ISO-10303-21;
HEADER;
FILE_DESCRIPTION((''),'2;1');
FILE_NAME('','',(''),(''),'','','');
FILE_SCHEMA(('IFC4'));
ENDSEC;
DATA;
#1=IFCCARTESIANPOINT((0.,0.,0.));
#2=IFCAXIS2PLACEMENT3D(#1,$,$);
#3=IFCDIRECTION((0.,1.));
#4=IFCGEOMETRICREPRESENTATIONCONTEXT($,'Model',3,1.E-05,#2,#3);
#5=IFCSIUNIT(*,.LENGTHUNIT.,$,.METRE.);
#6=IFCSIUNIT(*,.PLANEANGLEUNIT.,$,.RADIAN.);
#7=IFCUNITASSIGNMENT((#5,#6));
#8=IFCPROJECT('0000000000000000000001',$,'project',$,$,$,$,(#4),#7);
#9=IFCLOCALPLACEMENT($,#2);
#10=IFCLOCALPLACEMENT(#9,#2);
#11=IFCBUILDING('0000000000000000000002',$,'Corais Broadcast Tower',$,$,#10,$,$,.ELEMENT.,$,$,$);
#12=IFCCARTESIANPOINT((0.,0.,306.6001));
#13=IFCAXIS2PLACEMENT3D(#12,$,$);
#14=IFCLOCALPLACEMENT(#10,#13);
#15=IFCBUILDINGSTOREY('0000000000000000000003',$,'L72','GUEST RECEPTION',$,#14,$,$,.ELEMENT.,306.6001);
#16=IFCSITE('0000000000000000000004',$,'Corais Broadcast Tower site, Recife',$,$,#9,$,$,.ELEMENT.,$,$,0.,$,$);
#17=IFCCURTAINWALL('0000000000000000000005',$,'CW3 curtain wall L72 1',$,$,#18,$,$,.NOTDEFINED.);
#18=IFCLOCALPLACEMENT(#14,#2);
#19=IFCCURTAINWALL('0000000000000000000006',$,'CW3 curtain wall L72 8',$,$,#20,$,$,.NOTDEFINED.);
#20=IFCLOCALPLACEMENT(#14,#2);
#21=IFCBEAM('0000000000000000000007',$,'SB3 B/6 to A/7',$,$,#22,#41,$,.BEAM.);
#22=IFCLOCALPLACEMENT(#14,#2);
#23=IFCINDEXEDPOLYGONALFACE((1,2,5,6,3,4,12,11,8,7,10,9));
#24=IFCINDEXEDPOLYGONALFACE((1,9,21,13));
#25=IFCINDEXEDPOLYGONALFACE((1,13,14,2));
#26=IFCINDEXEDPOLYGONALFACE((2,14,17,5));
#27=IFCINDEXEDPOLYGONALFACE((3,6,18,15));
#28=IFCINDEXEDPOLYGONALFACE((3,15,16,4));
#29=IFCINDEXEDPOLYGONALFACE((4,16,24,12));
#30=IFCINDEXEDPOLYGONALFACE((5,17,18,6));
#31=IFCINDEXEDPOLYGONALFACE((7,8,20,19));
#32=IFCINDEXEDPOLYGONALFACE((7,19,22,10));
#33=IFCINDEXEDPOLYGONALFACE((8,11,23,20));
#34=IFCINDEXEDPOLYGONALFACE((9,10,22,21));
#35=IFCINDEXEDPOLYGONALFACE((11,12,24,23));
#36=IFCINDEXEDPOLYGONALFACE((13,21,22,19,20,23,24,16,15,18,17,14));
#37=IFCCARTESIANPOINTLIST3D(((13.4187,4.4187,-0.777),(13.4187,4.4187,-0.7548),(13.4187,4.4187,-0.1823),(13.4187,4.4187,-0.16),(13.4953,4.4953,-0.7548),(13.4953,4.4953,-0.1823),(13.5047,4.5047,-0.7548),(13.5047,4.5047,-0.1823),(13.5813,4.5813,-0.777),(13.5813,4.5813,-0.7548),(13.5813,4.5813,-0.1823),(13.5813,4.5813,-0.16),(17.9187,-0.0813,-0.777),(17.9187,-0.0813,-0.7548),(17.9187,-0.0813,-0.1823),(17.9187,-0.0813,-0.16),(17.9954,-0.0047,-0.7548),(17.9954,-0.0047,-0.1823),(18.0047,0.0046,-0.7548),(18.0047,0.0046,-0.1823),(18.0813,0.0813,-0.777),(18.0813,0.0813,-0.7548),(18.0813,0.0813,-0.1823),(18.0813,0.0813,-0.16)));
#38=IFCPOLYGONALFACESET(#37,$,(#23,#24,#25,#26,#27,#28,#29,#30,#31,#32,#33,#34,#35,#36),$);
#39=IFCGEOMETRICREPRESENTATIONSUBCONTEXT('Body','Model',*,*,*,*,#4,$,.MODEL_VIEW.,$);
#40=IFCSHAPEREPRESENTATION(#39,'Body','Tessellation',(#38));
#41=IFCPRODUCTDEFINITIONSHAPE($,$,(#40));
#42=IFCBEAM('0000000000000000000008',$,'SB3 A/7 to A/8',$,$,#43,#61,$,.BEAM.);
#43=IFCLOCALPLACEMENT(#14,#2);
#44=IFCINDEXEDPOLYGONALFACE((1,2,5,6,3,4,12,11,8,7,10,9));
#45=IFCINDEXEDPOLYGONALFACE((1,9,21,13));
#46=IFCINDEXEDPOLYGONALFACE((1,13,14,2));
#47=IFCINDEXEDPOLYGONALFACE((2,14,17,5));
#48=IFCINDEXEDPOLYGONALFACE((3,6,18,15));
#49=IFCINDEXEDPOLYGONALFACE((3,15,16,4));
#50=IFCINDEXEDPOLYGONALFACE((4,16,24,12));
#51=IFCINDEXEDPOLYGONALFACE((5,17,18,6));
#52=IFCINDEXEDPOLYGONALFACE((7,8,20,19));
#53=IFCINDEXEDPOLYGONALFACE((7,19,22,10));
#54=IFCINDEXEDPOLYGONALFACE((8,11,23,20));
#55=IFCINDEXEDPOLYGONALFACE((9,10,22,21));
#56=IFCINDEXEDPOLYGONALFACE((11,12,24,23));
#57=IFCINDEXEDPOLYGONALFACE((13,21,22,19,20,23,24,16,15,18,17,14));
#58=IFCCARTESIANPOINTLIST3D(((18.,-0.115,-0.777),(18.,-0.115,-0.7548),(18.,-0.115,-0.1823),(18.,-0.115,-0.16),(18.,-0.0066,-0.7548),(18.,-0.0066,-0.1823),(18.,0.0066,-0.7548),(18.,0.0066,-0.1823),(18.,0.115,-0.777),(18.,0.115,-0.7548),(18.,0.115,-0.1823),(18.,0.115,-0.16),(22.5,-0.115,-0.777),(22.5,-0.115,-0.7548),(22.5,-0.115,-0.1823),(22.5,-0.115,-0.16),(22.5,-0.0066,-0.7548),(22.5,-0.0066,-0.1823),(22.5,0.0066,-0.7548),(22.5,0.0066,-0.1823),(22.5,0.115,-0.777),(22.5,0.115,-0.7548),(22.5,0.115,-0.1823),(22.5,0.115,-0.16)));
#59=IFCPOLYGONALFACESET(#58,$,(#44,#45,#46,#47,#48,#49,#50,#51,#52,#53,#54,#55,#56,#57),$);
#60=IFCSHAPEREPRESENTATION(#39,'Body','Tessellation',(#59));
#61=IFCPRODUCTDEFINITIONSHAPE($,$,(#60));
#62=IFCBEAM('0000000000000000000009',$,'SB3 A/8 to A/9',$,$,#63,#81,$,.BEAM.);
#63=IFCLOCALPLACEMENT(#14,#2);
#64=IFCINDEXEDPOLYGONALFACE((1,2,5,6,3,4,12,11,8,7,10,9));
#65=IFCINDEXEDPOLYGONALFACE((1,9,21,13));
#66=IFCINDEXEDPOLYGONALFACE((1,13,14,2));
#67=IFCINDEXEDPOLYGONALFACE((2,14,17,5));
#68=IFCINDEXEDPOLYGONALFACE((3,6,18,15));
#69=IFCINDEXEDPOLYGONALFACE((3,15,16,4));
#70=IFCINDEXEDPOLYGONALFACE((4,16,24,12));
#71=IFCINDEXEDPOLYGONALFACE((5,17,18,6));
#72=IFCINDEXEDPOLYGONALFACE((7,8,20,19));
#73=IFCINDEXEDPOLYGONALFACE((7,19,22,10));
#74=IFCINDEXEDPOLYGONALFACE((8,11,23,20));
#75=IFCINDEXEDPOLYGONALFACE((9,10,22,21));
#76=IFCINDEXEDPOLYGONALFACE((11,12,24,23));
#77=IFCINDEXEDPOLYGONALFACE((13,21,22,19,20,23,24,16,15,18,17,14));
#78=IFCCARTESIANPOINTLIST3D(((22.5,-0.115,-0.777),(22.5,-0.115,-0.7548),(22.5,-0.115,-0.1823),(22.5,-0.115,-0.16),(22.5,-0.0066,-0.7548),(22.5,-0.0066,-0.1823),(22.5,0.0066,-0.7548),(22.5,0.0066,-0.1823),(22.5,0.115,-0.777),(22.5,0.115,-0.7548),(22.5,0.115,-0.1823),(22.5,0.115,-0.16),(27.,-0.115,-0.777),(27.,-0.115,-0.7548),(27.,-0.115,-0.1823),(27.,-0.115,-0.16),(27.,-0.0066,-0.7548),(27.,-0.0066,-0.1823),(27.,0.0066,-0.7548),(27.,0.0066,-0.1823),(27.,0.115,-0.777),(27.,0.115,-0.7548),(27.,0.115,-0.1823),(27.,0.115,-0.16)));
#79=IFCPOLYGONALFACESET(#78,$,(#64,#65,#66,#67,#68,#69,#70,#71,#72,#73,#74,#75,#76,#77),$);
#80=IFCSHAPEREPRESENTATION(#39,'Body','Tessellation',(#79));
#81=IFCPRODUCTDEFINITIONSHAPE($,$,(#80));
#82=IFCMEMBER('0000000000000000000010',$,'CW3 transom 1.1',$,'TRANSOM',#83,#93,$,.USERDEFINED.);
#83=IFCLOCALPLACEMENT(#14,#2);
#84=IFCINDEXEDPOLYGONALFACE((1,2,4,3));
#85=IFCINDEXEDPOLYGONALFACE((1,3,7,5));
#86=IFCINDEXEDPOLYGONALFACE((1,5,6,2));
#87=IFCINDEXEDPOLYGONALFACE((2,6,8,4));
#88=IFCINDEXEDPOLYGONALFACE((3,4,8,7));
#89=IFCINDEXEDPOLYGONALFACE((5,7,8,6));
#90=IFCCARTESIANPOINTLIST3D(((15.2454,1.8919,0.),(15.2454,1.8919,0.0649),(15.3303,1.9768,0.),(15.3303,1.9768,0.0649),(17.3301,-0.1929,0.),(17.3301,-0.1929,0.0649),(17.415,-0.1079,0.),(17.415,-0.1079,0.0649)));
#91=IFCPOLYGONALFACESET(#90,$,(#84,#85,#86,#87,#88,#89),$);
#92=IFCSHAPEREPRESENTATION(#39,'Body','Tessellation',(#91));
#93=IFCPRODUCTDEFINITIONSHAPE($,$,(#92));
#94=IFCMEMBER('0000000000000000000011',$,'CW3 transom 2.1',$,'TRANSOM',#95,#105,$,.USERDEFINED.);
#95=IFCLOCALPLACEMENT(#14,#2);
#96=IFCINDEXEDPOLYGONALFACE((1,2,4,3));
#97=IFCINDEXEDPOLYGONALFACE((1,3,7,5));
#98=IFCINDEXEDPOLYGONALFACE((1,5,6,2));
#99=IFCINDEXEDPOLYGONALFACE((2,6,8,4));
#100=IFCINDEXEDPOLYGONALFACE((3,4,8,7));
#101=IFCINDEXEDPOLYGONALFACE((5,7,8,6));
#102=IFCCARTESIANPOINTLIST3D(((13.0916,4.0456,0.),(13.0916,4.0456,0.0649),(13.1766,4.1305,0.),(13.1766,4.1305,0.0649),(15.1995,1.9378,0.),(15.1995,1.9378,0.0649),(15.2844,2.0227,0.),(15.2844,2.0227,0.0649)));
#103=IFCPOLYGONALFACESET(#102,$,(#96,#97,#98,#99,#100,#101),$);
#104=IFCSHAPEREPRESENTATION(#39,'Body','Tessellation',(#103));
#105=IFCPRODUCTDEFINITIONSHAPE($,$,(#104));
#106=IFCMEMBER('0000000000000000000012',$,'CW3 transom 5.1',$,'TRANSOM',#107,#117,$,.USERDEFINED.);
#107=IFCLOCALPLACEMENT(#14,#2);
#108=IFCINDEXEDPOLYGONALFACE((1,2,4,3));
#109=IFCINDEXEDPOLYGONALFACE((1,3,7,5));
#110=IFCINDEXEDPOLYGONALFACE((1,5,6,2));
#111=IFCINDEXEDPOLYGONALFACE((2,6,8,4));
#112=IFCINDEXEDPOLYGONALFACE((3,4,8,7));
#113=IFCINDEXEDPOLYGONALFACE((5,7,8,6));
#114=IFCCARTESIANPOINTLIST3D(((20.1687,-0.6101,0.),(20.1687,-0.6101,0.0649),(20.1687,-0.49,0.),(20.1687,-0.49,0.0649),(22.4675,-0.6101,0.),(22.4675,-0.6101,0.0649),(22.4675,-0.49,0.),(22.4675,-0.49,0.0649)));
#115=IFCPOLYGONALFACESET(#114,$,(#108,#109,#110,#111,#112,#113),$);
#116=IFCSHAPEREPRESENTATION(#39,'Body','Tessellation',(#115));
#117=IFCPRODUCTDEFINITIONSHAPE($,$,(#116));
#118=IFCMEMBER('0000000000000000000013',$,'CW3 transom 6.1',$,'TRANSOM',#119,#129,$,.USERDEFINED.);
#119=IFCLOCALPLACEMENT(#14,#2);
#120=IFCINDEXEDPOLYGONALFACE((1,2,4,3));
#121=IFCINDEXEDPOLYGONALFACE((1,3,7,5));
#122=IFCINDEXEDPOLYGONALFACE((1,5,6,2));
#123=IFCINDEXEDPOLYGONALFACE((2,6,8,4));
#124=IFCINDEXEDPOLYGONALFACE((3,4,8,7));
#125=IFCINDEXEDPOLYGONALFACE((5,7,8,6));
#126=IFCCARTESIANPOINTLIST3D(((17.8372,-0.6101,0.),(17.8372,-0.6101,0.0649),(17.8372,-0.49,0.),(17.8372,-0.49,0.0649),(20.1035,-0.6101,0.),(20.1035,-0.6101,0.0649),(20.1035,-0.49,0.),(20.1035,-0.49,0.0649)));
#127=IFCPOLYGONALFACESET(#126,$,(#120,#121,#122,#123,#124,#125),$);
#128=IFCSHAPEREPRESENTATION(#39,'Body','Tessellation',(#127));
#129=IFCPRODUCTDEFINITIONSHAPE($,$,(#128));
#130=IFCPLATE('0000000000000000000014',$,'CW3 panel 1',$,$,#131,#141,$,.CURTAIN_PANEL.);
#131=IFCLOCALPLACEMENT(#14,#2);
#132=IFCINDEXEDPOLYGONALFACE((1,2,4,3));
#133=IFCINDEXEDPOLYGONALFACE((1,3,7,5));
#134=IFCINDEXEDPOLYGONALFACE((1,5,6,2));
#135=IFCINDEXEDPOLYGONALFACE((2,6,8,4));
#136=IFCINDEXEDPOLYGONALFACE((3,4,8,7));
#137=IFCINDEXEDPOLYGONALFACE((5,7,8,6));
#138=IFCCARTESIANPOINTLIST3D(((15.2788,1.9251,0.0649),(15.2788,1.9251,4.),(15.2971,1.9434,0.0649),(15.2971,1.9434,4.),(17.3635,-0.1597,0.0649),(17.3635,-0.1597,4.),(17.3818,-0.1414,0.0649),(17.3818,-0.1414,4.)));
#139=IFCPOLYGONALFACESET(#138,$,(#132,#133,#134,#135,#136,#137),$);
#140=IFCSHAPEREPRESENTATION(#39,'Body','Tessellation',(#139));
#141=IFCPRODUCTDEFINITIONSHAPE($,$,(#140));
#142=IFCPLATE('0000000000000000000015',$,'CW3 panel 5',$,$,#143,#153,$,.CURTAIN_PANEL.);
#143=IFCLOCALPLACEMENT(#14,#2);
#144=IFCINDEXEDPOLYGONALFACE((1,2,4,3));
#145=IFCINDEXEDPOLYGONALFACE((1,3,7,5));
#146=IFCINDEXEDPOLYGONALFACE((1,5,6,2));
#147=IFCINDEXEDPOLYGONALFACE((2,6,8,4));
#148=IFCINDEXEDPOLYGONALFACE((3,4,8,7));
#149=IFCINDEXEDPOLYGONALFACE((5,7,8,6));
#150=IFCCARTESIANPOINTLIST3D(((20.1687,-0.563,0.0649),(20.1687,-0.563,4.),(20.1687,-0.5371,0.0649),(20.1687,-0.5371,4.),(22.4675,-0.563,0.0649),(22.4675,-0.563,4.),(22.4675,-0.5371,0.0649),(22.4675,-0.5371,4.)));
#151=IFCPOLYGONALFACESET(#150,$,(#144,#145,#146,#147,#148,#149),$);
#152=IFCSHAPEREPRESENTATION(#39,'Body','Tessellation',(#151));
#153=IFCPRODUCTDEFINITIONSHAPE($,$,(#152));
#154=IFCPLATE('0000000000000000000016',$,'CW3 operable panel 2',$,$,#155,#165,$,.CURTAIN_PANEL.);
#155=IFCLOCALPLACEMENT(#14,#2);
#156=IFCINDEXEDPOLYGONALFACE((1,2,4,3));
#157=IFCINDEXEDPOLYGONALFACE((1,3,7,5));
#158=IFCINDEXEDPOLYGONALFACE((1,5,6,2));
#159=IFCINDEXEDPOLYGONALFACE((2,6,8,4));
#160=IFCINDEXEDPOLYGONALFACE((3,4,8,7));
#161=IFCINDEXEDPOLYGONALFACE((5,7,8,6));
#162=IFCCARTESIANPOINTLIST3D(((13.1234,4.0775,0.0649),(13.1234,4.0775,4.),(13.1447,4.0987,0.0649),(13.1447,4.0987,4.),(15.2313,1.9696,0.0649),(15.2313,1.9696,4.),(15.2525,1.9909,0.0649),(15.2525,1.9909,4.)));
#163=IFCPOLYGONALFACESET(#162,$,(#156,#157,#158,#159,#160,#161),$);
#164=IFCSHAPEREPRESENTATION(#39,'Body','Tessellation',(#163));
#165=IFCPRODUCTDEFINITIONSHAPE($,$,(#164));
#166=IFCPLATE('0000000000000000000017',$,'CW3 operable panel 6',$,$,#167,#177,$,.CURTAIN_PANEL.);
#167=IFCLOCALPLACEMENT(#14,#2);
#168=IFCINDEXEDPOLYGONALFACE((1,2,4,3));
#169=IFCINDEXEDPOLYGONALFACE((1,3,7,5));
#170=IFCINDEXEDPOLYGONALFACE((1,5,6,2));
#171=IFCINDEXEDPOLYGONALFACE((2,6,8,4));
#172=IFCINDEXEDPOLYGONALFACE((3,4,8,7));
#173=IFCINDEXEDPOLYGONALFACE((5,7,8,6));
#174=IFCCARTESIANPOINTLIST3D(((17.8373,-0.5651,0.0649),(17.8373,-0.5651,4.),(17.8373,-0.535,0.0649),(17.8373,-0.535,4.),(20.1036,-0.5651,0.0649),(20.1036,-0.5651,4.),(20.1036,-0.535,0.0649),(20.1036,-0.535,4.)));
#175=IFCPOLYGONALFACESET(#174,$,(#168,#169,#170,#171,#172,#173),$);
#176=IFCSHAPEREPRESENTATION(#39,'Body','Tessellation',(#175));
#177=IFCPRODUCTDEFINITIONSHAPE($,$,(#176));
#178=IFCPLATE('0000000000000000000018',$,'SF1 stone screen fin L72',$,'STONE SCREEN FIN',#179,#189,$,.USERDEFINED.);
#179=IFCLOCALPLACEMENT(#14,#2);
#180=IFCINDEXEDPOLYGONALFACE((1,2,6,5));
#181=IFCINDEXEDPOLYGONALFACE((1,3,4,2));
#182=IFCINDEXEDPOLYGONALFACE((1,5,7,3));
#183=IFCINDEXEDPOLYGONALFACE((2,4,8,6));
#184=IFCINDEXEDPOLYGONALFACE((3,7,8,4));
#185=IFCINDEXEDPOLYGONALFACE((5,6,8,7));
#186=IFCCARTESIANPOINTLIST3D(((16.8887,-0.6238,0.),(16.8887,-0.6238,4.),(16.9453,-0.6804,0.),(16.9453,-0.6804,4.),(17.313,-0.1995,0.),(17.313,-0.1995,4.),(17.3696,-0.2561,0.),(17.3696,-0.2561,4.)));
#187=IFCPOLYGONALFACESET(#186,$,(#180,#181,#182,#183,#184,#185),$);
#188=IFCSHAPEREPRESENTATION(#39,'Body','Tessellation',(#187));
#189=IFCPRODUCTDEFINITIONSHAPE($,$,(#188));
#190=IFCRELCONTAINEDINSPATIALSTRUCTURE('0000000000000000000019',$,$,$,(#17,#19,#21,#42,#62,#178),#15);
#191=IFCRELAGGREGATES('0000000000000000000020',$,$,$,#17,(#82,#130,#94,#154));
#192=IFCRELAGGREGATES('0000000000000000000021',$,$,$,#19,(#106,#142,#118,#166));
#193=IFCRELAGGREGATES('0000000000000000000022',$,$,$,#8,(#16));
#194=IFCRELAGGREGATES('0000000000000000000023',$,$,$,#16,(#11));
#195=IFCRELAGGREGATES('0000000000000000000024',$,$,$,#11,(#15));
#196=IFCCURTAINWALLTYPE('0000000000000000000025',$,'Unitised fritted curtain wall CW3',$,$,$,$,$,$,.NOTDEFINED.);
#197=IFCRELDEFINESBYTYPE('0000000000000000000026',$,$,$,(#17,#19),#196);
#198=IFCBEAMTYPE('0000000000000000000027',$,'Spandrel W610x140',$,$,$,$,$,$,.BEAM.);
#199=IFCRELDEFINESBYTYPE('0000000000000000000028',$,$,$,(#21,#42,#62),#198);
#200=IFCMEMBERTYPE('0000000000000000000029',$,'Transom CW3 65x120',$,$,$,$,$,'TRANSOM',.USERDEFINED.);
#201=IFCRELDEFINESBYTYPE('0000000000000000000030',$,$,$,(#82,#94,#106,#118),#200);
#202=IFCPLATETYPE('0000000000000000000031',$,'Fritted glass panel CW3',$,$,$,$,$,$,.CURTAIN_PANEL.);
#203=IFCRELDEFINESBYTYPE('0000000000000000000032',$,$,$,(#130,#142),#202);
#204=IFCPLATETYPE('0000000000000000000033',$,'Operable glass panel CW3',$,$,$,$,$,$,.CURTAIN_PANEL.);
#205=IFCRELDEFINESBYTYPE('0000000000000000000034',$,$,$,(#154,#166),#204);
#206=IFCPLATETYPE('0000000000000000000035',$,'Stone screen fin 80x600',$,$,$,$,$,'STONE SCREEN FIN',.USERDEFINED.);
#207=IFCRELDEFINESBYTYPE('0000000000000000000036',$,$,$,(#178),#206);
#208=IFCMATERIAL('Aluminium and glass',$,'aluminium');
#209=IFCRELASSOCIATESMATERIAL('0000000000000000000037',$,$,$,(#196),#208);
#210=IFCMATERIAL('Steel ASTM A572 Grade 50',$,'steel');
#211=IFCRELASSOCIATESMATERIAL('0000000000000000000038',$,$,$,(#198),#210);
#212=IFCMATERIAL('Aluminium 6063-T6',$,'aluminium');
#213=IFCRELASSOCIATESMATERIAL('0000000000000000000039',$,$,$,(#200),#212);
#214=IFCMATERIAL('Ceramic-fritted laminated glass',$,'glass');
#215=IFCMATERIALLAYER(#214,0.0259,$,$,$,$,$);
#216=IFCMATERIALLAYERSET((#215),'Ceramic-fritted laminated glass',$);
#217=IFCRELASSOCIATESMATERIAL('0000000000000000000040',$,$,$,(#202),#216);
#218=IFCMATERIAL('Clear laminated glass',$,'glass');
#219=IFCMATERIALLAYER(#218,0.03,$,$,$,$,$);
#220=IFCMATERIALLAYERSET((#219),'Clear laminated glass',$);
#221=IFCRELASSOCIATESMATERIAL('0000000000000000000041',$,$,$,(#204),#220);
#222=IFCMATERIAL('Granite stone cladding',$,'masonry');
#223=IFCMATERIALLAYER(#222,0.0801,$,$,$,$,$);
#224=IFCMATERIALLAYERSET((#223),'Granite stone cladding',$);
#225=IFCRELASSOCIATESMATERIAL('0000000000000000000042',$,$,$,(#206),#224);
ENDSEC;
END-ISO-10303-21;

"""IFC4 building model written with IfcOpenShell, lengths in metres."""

from ifc_helpers import new_model, si_unit, direction, frame, origin, origin_2d, place, context, subcontext, project, spatial, rectangle, i_section, extrude, material, layer, layer_set, material_profile, profile_set, type_object, element, aggregate, save


model = new_model("IFC4")

# Units and contexts
model_context = context("Model", 3, precision=1e-05, world=origin(), true_north=direction((0.0, 1.0)))
body_context = subcontext(model_context, "Body", "Model", "MODEL_VIEW")
ifc_project = project(units=[si_unit("LENGTHUNIT", "METRE"), si_unit("PLANEANGLEUNIT", "RADIAN")], contexts=[model_context])

# Site, building, storey
site_placement = place(None, origin())
site = spatial("IfcSite", under=ifc_project, at=site_placement, Name="Corais Broadcast Tower site, Recife", CompositionType="ELEMENT", RefElevation=0.0)
building_placement = place(site_placement, origin())
building = spatial("IfcBuilding", under=site, at=building_placement, Name="Corais Broadcast Tower", CompositionType="ELEMENT")
storey_placement = place(building_placement, frame((0.0, 0.0, 306.6001)))
storey = spatial("IfcBuildingStorey", under=building, at=storey_placement, Name="L72", Description="GUEST RECEPTION", CompositionType="ELEMENT", Elevation=306.6001)

# Curtain walls
ifc_material_1 = material(Name="Aluminium and glass", Category="aluminium")
curtain_wall_type = type_object("IfcCurtainWallType", Name="Unitised fritted curtain wall CW3", PredefinedType="NOTDEFINED", material=ifc_material_1)
curtain_wall_1_placement = place(storey_placement, origin())
curtain_wall_1 = element("IfcCurtainWall", 1, at=curtain_wall_1_placement, inside=storey, type_object=curtain_wall_type, Name="CW3 curtain wall L72 1", PredefinedType="NOTDEFINED")
curtain_wall_2_placement = place(storey_placement, origin())
curtain_wall_2 = element("IfcCurtainWall", 2, at=curtain_wall_2_placement, inside=storey, type_object=curtain_wall_type, Name="CW3 curtain wall L72 8", PredefinedType="NOTDEFINED")

# Beams
ifc_material_2 = material(Name="Steel ASTM A572 Grade 50", Category="steel")
ifc_material_profile_1 = material_profile(ifc_material_2, i_section(OverallWidth=0.23, OverallDepth=0.6169, WebThickness=0.0132, FlangeThickness=0.0222, at=origin_2d()), Name="W610x140")
ifc_profile_set_1 = profile_set([ifc_material_profile_1], Name="Steel ASTM A572 Grade 50")
beam_type_1 = type_object("IfcBeamType", Name="Spandrel W610x140", PredefinedType="BEAM", material=ifc_profile_set_1)
beam_1_placement = place(storey_placement, frame((13.5, 4.5, -0.4685), z_axis=(0.707107, -0.707107, 0.0), x_axis=(0.707107, 0.707107, 0.0)))
element("IfcBeam", 3, at=beam_1_placement, inside=storey, type_object=beam_type_1, Name="SB3 B/6 to A/7", PredefinedType="BEAM", context=body_context, shape_type="SweptSolid", body=[
    extrude(i_section(OverallWidth=0.23, OverallDepth=0.6169, WebThickness=0.0132, FlangeThickness=0.0222, at=origin_2d()), origin(), (0.0, 0.0, 1.0), 6.364),
])
for number, where, z_axis, x_axis, name in (
    (4, (18.0, 0.0, -0.4685), (1.0, 0.0, 0.0), (0.0, 1.0, 0.0), "SB3 A/7 to A/8"),
    (5, (22.5, 0.0, -0.4685), (1.0, 0.0, 0.0), (0.0, 1.0, 0.0), "SB3 A/8 to A/9"),
):
    element("IfcBeam", number, at=place(storey_placement, frame(where, z_axis=z_axis, x_axis=x_axis)), inside=storey, type_object=beam_type_1, Name=name, PredefinedType="BEAM", context=body_context, shape_type="SweptSolid", body=[
        extrude(i_section(OverallWidth=0.23, OverallDepth=0.6169, WebThickness=0.0132, FlangeThickness=0.0222, at=origin_2d()), origin(), (0.0, 0.0, 1.0), 4.5),
    ])

# Members
ifc_material_3 = material(Name="Aluminium 6063-T6", Category="aluminium")
ifc_material_profile_2 = material_profile(ifc_material_3, rectangle(XDim=0.1201, YDim=0.0649, at=origin_2d()), Name="Transom CW3 65x120")
ifc_profile_set_2 = profile_set([ifc_material_profile_2], Name="Aluminium 6063-T6")
member_type_1 = type_object("IfcMemberType", Name="Transom CW3 65x120", ElementType="TRANSOM", PredefinedType="USERDEFINED", material=ifc_profile_set_2)
member_1_placement = place(storey_placement, frame((17.3726, -0.1504, 0.0325), z_axis=(-0.707107, 0.707107, 0.0), x_axis=(-0.707107, -0.707107, 0.0)))
member_1 = element("IfcMember", 6, at=member_1_placement, type_object=member_type_1, Name="CW3 transom 1.1", ObjectType="TRANSOM", PredefinedType="USERDEFINED", context=body_context, shape_type="SweptSolid", body=[
    extrude(rectangle(XDim=0.1201, YDim=0.0649, at=origin_2d()), origin(), (0.0, 0.0, 1.0), 2.9482),
])
member_2_placement = place(storey_placement, frame((15.2419, 1.9802, 0.0325), z_axis=(-0.707107, 0.707107, 0.0), x_axis=(-0.707107, -0.707107, 0.0)))
member_2 = element("IfcMember", 7, at=member_2_placement, type_object=member_type_1, Name="CW3 transom 2.1", ObjectType="TRANSOM", PredefinedType="USERDEFINED", context=body_context, shape_type="SweptSolid", body=[
    extrude(rectangle(XDim=0.1201, YDim=0.0649, at=origin_2d()), origin(), (0.0, 0.0, 1.0), 2.981),
])
member_3_placement = place(storey_placement, frame((22.4675, -0.55, 0.0325), z_axis=(-1.0, 0.0, 0.0), x_axis=(0.0, -1.0, 0.0)))
member_3 = element("IfcMember", 8, at=member_3_placement, type_object=member_type_1, Name="CW3 transom 5.1", ObjectType="TRANSOM", PredefinedType="USERDEFINED", context=body_context, shape_type="SweptSolid", body=[
    extrude(rectangle(XDim=0.1201, YDim=0.0649, at=origin_2d()), origin(), (0.0, 0.0, 1.0), 2.2988),
])
member_4_placement = place(storey_placement, frame((20.1035, -0.55, 0.0325), z_axis=(-1.0, 0.0, 0.0), x_axis=(0.0, -1.0, 0.0)))
member_4 = element("IfcMember", 9, at=member_4_placement, type_object=member_type_1, Name="CW3 transom 6.1", ObjectType="TRANSOM", PredefinedType="USERDEFINED", context=body_context, shape_type="SweptSolid", body=[
    extrude(rectangle(XDim=0.1201, YDim=0.0649, at=origin_2d()), origin(), (0.0, 0.0, 1.0), 2.2664),
])

# Plates
ifc_material_4 = material(Name="Ceramic-fritted laminated glass", Category="glass")
ifc_layer_1 = layer(ifc_material_4, 0.0259)
ifc_layer_set_1 = layer_set([ifc_layer_1], Name="Ceramic-fritted laminated glass")
plate_type_1 = type_object("IfcPlateType", Name="Fritted glass panel CW3", PredefinedType="CURTAIN_PANEL", material=ifc_layer_set_1)
plate_1_placement = place(storey_placement, frame((16.3303, 0.8918, 0.0649), z_axis=(0.0, 0.0, 1.0), x_axis=(-0.707107, 0.707107, 0.0)))
plate_1 = element("IfcPlate", 10, at=plate_1_placement, type_object=plate_type_1, Name="CW3 panel 1", PredefinedType="CURTAIN_PANEL", context=body_context, shape_type="SweptSolid", body=[
    extrude(rectangle(XDim=2.9482, YDim=0.0259, at=origin_2d()), origin(), (0.0, 0.0, 1.0), 3.9351),
])
plate_2_placement = place(storey_placement, frame((21.3181, -0.55, 0.0649), z_axis=(0.0, 0.0, 1.0), x_axis=(-1.0, 0.0, 0.0)))
plate_2 = element("IfcPlate", 11, at=plate_2_placement, type_object=plate_type_1, Name="CW3 panel 5", PredefinedType="CURTAIN_PANEL", context=body_context, shape_type="SweptSolid", body=[
    extrude(rectangle(XDim=2.2988, YDim=0.0259, at=origin_2d()), origin(), (0.0, 0.0, 1.0), 3.9351),
])
ifc_material_5 = material(Name="Clear laminated glass", Category="glass")
ifc_layer_2 = layer(ifc_material_5, 0.03)
ifc_layer_set_2 = layer_set([ifc_layer_2], Name="Clear laminated glass")
plate_type_2 = type_object("IfcPlateType", Name="Operable glass panel CW3", PredefinedType="CURTAIN_PANEL", material=ifc_layer_set_2)
plate_3_placement = place(storey_placement, frame((14.188, 3.0342, 0.0649), z_axis=(0.0, 0.0, 1.0), x_axis=(-0.707107, 0.707107, 0.0)))
plate_3 = element("IfcPlate", 12, at=plate_3_placement, type_object=plate_type_2, Name="CW3 operable panel 2", PredefinedType="CURTAIN_PANEL", context=body_context, shape_type="SweptSolid", body=[
    extrude(rectangle(XDim=2.981, YDim=0.03, at=origin_2d()), origin(), (0.0, 0.0, 1.0), 3.9351),
])
aggregate(curtain_wall_1, [member_1, plate_1, member_2, plate_3])
plate_4_placement = place(storey_placement, frame((18.9705, -0.55, 0.0649), z_axis=(0.0, 0.0, 1.0), x_axis=(-1.0, 0.0, 0.0)))
plate_4 = element("IfcPlate", 13, at=plate_4_placement, type_object=plate_type_2, Name="CW3 operable panel 6", PredefinedType="CURTAIN_PANEL", context=body_context, shape_type="SweptSolid", body=[
    extrude(rectangle(XDim=2.2664, YDim=0.03, at=origin_2d()), origin(), (0.0, 0.0, 1.0), 3.9351),
])
aggregate(curtain_wall_2, [member_3, plate_2, member_4, plate_4])
ifc_material_6 = material(Name="Granite stone cladding", Category="masonry")
ifc_layer_3 = layer(ifc_material_6, 0.0801)
ifc_layer_set_3 = layer_set([ifc_layer_3], Name="Granite stone cladding")
plate_type_3 = type_object("IfcPlateType", Name="Stone screen fin 80x600", ElementType="STONE SCREEN FIN", PredefinedType="USERDEFINED", material=ifc_layer_set_3)
plate_5_placement = place(storey_placement, frame((17.1292, -0.4399, 0.0), z_axis=(0.0, 0.0, 1.0), x_axis=(-0.707107, 0.707107, 0.0)))
element("IfcPlate", 14, at=plate_5_placement, inside=storey, type_object=plate_type_3, Name="SF1 stone screen fin L72", ObjectType="STONE SCREEN FIN", PredefinedType="USERDEFINED", context=body_context, shape_type="SweptSolid", body=[
    extrude(rectangle(XDim=0.0801, YDim=0.6001, at=origin_2d()), origin(), (0.0, 0.0, 1.0), 4.0),
])

save(model, "model.ifc")
